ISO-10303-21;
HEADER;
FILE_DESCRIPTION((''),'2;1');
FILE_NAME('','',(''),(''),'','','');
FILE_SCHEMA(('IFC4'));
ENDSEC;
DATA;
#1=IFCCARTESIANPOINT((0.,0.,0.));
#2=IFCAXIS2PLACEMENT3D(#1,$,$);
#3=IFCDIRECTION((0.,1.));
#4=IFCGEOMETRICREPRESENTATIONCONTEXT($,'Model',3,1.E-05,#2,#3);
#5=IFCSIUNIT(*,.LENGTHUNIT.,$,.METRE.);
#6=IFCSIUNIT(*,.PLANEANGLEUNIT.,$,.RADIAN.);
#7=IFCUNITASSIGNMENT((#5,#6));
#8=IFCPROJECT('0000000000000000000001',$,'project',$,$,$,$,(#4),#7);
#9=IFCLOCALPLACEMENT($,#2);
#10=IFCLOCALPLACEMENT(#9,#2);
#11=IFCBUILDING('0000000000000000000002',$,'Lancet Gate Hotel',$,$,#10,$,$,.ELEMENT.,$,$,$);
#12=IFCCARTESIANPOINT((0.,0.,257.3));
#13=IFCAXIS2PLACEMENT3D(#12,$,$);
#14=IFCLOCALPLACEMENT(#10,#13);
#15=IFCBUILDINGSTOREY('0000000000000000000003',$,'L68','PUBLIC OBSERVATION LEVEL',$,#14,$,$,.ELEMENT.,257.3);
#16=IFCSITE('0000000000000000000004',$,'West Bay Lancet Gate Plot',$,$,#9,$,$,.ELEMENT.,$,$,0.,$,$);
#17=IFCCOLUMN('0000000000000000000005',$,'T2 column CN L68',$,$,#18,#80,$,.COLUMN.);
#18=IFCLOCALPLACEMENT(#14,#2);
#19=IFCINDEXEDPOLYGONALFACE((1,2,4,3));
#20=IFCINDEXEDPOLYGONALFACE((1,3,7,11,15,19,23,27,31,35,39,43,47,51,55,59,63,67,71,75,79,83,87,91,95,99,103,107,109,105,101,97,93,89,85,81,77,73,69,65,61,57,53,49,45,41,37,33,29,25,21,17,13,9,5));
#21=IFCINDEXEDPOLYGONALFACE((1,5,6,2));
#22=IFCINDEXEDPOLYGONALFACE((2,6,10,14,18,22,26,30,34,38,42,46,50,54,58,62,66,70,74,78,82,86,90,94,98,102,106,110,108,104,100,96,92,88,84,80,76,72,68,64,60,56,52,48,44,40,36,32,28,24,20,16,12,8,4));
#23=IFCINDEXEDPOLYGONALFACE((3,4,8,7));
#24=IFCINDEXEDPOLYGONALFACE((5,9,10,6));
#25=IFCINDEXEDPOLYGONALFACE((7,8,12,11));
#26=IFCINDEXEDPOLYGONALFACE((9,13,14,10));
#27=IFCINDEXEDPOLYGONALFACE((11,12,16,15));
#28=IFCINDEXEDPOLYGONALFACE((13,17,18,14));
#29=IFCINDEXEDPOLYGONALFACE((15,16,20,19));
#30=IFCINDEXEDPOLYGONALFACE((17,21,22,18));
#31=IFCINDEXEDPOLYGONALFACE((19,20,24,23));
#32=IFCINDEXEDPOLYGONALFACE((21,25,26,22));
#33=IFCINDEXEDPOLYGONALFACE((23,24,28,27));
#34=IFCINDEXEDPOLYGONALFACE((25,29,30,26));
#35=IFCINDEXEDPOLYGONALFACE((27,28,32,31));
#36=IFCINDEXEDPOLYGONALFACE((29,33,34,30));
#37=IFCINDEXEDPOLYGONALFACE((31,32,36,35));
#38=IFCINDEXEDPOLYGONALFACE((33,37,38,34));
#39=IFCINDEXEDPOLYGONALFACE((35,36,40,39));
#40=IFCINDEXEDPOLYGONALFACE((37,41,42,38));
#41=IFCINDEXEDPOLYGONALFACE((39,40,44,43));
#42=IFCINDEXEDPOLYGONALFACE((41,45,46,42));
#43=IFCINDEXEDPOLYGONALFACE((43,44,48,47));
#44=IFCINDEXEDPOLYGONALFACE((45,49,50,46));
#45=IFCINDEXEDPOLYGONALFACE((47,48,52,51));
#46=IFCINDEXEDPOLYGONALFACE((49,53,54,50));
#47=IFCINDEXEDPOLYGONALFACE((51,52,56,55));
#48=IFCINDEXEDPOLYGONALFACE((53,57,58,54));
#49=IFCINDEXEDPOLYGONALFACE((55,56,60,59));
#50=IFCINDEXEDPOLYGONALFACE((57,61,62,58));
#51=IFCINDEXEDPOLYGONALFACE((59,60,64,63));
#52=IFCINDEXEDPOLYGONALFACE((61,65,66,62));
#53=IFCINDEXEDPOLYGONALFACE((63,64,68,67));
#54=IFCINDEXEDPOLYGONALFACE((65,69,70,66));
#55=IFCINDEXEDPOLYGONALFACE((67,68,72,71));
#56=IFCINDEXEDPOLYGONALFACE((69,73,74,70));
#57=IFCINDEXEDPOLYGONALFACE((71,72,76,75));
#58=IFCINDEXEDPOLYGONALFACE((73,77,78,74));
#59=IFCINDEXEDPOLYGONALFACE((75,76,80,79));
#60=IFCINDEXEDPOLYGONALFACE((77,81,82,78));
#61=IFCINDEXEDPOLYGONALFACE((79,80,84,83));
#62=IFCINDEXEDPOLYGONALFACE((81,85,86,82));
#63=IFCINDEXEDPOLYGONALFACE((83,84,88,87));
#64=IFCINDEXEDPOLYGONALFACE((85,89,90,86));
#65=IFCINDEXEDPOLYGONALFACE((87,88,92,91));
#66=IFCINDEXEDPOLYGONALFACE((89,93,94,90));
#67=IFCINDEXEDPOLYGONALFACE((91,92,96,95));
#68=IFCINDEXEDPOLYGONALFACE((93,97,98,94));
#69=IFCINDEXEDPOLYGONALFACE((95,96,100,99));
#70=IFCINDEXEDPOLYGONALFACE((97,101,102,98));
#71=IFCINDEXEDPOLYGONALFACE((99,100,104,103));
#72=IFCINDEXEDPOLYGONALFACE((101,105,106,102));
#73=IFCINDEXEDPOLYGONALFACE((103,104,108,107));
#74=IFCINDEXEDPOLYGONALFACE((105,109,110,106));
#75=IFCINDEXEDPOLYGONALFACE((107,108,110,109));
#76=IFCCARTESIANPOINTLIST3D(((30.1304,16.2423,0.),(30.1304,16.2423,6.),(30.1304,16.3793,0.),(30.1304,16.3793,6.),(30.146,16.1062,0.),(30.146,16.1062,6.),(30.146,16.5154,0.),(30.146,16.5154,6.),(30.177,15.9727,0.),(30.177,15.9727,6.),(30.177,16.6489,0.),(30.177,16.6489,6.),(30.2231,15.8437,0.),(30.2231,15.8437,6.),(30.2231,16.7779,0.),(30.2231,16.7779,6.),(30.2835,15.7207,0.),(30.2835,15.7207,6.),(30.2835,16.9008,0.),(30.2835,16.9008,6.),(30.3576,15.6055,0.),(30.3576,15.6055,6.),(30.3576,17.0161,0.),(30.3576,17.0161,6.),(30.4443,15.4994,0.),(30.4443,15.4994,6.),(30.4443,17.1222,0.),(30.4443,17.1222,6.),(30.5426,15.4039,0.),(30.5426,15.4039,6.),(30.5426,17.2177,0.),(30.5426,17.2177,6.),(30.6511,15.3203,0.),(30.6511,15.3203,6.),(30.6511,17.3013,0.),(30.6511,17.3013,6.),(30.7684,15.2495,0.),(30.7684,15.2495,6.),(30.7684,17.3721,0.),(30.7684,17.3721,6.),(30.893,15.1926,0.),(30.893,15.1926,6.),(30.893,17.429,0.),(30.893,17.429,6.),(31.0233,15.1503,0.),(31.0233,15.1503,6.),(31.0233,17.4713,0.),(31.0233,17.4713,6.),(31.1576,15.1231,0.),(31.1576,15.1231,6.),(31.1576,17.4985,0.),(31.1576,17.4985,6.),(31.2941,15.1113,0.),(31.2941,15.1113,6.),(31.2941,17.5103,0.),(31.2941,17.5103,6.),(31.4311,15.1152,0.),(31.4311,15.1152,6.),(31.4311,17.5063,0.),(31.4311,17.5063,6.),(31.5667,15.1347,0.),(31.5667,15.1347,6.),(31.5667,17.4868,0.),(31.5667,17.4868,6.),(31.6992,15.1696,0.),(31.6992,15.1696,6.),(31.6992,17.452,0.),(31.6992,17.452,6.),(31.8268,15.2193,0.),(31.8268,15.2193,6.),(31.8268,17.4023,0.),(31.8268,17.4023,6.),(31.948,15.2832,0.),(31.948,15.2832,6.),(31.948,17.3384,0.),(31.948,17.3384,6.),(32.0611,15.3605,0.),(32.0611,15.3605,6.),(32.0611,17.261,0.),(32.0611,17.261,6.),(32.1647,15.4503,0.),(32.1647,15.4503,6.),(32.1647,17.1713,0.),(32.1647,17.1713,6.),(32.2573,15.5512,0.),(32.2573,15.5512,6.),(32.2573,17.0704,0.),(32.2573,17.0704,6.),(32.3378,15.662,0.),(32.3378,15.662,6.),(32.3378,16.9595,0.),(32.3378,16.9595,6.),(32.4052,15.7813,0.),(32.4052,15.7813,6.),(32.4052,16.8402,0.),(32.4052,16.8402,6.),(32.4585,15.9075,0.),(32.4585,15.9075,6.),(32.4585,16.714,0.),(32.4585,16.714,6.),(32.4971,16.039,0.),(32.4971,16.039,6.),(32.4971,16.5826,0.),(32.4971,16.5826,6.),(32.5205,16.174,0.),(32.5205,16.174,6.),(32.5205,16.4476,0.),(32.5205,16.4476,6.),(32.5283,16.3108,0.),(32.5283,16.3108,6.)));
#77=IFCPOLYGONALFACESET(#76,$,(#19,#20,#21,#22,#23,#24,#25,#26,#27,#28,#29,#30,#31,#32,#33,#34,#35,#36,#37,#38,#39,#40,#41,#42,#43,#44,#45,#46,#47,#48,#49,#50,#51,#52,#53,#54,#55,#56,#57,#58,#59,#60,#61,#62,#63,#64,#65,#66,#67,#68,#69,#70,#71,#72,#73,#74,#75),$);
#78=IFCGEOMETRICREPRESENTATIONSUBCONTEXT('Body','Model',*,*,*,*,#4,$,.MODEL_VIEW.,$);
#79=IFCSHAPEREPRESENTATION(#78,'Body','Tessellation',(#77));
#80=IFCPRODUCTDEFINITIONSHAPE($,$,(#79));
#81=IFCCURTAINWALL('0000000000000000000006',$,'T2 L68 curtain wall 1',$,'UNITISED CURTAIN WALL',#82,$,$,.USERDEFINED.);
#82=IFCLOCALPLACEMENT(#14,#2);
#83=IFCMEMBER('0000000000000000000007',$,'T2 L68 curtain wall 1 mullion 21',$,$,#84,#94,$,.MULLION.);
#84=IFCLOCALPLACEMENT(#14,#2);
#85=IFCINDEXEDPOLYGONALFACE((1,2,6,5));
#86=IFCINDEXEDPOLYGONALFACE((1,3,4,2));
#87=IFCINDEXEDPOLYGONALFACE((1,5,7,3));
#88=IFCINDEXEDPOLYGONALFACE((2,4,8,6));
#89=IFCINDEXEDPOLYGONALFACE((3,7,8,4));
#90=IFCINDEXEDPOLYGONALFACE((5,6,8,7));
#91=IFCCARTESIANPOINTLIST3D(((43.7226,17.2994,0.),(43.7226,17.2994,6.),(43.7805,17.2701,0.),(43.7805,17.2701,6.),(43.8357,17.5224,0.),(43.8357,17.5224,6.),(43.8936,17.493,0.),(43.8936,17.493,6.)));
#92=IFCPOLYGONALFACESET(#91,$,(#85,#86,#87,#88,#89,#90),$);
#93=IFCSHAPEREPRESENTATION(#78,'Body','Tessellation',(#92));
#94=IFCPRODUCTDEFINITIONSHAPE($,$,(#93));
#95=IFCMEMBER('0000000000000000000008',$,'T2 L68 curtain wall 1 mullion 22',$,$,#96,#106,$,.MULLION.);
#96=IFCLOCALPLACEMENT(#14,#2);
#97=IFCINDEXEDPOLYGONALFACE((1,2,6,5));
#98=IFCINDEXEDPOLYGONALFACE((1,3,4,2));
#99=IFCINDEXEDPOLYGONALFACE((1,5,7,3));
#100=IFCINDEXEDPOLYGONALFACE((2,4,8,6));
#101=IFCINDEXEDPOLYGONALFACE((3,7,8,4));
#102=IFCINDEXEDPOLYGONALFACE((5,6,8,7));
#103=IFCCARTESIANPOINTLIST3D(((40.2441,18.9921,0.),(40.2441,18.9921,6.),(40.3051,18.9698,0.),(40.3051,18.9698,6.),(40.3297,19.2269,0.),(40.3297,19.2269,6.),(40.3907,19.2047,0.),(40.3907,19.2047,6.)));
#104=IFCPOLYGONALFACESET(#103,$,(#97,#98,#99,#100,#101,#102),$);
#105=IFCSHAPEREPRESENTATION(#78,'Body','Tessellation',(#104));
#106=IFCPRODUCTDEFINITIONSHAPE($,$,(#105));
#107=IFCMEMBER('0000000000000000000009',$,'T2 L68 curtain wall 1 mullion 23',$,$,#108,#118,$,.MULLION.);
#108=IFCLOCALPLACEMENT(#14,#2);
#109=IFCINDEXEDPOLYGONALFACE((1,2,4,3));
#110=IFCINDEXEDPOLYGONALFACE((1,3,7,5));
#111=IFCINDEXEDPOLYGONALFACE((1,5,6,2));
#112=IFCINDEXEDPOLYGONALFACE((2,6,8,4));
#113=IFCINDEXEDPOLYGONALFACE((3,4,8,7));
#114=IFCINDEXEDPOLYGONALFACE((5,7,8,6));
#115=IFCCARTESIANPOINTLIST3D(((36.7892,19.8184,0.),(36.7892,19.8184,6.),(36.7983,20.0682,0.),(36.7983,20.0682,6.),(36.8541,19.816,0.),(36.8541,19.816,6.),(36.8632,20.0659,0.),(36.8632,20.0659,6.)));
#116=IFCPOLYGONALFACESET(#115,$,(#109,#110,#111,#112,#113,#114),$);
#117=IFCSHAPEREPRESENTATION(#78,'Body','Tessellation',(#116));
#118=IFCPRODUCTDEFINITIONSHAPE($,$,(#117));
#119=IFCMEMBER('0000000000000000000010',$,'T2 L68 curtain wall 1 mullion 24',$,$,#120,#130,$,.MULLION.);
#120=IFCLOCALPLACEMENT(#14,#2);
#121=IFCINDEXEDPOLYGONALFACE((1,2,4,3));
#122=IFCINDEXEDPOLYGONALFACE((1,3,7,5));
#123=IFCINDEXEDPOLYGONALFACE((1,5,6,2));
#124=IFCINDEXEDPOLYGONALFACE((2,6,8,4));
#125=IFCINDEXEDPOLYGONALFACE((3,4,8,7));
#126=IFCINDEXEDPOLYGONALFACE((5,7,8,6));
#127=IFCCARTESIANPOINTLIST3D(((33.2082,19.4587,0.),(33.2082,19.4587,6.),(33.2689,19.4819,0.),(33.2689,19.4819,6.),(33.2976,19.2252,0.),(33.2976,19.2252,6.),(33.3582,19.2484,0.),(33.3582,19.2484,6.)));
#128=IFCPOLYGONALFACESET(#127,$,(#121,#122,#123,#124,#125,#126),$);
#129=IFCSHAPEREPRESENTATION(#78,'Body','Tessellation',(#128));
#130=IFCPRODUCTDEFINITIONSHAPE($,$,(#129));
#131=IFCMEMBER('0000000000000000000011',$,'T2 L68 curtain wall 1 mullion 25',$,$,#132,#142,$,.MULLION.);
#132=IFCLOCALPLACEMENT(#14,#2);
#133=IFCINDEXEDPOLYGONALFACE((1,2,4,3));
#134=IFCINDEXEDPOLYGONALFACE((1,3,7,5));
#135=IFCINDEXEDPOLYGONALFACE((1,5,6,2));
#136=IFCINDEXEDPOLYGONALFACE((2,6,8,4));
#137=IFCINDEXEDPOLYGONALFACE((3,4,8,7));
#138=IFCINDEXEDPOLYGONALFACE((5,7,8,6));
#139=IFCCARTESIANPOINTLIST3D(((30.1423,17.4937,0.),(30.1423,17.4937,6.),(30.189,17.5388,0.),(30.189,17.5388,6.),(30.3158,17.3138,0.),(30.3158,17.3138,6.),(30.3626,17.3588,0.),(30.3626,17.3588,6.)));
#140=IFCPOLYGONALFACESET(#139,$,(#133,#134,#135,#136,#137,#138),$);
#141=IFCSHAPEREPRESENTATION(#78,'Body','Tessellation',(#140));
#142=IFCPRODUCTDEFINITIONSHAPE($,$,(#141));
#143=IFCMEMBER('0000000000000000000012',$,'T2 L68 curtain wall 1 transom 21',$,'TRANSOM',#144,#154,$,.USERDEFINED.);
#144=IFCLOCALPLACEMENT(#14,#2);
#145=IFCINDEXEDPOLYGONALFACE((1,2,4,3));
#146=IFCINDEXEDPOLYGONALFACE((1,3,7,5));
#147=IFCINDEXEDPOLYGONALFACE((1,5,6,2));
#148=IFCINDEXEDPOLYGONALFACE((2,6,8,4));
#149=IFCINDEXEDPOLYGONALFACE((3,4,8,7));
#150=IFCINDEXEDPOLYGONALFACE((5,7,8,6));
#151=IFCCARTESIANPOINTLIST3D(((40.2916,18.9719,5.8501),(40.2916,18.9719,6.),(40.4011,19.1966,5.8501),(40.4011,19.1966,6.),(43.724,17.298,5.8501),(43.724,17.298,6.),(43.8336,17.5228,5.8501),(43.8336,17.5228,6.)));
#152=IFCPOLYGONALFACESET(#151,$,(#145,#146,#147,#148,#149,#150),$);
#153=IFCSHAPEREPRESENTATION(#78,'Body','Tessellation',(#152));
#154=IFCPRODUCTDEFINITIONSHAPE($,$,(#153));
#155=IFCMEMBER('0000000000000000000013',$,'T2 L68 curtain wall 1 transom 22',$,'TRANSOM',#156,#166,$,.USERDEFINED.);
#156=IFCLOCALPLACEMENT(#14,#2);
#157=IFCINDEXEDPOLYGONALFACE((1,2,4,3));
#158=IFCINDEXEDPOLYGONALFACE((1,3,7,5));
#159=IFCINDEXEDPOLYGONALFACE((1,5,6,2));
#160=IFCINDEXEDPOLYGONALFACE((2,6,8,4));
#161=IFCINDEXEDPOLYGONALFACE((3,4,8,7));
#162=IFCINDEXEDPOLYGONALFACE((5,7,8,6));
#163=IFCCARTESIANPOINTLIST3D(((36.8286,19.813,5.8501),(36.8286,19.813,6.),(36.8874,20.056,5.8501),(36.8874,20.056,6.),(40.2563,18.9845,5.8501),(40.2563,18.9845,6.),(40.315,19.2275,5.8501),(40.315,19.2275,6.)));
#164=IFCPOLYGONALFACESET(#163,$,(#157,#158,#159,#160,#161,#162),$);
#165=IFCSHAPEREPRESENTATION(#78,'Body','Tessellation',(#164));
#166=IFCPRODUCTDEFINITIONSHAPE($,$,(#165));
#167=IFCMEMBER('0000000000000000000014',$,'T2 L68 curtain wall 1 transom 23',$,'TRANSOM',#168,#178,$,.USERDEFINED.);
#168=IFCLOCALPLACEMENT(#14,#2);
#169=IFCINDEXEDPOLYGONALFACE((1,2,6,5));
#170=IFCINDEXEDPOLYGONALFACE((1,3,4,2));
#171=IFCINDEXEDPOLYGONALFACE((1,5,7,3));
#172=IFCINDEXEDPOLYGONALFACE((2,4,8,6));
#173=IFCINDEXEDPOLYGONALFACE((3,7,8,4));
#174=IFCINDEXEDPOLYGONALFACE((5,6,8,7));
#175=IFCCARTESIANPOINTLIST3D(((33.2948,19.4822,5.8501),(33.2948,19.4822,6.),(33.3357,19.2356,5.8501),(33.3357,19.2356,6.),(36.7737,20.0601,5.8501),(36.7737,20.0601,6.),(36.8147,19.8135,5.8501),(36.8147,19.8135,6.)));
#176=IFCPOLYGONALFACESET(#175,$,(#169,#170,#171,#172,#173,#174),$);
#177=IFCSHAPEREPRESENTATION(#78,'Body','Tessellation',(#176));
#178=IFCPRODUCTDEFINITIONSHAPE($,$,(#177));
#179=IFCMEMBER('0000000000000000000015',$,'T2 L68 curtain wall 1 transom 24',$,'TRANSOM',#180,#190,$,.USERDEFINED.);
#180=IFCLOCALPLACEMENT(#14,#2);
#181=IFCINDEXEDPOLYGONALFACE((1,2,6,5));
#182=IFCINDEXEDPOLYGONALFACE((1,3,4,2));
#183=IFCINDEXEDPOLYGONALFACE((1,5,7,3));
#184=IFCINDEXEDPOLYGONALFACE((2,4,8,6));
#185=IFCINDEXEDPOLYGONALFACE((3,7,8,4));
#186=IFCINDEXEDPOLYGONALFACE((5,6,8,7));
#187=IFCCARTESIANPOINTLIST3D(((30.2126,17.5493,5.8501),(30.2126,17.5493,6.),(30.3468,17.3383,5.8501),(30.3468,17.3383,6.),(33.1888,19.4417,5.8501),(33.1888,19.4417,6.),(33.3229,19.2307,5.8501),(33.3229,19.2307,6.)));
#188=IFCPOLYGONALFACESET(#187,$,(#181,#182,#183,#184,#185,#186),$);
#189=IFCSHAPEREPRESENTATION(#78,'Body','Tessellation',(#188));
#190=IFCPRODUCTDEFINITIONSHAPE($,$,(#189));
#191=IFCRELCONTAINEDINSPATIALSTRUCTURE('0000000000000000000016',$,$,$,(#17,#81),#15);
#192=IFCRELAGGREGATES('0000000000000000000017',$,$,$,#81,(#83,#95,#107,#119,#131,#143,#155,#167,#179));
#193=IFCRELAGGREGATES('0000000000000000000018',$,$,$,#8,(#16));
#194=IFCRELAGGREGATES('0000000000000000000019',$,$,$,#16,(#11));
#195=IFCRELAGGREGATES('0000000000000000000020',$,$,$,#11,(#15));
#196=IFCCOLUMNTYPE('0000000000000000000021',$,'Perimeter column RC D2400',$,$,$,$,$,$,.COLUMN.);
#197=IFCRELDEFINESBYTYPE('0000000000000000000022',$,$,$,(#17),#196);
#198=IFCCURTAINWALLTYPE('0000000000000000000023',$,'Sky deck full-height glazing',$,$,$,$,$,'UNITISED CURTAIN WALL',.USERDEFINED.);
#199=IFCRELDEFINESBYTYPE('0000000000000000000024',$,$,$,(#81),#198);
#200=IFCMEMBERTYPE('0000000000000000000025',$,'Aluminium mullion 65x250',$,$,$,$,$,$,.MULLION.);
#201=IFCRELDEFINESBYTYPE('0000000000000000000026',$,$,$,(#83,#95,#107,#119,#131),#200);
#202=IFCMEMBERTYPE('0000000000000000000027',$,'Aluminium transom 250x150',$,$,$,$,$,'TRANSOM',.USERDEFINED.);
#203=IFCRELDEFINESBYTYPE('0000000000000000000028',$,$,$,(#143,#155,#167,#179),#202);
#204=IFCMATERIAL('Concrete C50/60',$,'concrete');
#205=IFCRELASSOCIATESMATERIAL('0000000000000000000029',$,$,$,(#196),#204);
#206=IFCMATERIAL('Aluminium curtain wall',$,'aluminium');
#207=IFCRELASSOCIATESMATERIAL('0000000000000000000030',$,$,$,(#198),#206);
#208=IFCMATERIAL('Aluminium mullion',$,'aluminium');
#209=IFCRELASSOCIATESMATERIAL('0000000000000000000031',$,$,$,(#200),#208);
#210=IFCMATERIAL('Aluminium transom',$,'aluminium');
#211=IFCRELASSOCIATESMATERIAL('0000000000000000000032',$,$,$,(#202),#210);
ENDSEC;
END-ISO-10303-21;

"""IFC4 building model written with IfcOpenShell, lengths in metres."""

from ifc_helpers import new_model, si_unit, direction, frame, origin, origin_2d, place, context, subcontext, project, spatial, rectangle, circle, extrude, material, material_profile, profile_set, type_object, element, aggregate, save


model = new_model("IFC4")

# Units and contexts
model_context = context("Model", 3, precision=1e-05, world=origin(), true_north=direction((0.0, 1.0)))
body_context = subcontext(model_context, "Body", "Model", "MODEL_VIEW")
ifc_project = project(units=[si_unit("LENGTHUNIT", "METRE"), si_unit("PLANEANGLEUNIT", "RADIAN")], contexts=[model_context])

# Site, building, storey
site_placement = place(None, origin())
site = spatial("IfcSite", under=ifc_project, at=site_placement, Name="West Bay Lancet Gate Plot", CompositionType="ELEMENT", RefElevation=0.0)
building_placement = place(site_placement, origin())
building = spatial("IfcBuilding", under=site, at=building_placement, Name="Lancet Gate Hotel", CompositionType="ELEMENT")
storey_placement = place(building_placement, frame((0.0, 0.0, 257.3)))
storey = spatial("IfcBuildingStorey", under=building, at=storey_placement, Name="L68", Description="PUBLIC OBSERVATION LEVEL", CompositionType="ELEMENT", Elevation=257.3)

# Column
ifc_material_1 = material(Name="Concrete C50/60", Category="concrete")
ifc_material_profile_1 = material_profile(ifc_material_1, circle(Radius=1.2, at=origin_2d()), Name="RC D2400")
ifc_profile_set_1 = profile_set([ifc_material_profile_1], Name="Concrete C50/60")
column_type = type_object("IfcColumnType", Name="Perimeter column RC D2400", PredefinedType="COLUMN", material=ifc_profile_set_1)
column_placement = place(storey_placement, frame((31.3284, 16.3108, 0.0), z_axis=(0.0, 0.0, 1.0), x_axis=(1.0, 0.0, 0.0)))
element("IfcColumn", 1, at=column_placement, inside=storey, type_object=column_type, Name="T2 column CN L68", PredefinedType="COLUMN", context=body_context, shape_type="SweptSolid", body=[
    extrude(circle(Radius=1.2, at=origin_2d()), origin(), (0.0, 0.0, 1.0), 6.0),
])

# Curtain wall, members
ifc_material_2 = material(Name="Aluminium curtain wall", Category="aluminium")
curtain_wall_type = type_object("IfcCurtainWallType", Name="Sky deck full-height glazing", ElementType="UNITISED CURTAIN WALL", PredefinedType="USERDEFINED", material=ifc_material_2)
curtain_wall_placement = place(storey_placement, origin())
curtain_wall = element("IfcCurtainWall", 2, at=curtain_wall_placement, inside=storey, type_object=curtain_wall_type, Name="T2 L68 curtain wall 1", ObjectType="UNITISED CURTAIN WALL", PredefinedType="USERDEFINED")
ifc_material_3 = material(Name="Aluminium mullion", Category="aluminium")
ifc_material_profile_2 = material_profile(ifc_material_3, rectangle(XDim=0.0649, YDim=0.25, at=origin_2d()), Name="MULLION 65x250")
ifc_profile_set_2 = profile_set([ifc_material_profile_2], Name="Aluminium mullion")
member_type_1 = type_object("IfcMemberType", Name="Aluminium mullion 65x250", PredefinedType="MULLION", material=ifc_profile_set_2)
member_1_placement = place(storey_placement, frame((43.8081, 17.3962, 0.0), z_axis=(0.0, 0.0, 1.0), x_axis=(-0.891833, 0.452365, 0.0)))
member_1 = element("IfcMember", 3, at=member_1_placement, type_object=member_type_1, Name="T2 L68 curtain wall 1 mullion 21", PredefinedType="MULLION", context=body_context, shape_type="SweptSolid", body=[
    extrude(rectangle(XDim=0.0649, YDim=0.25, at=origin_2d()), origin(), (0.0, 0.0, 1.0), 6.0),
])
member_2_placement = place(storey_placement, frame((40.3174, 19.0984, 0.0), z_axis=(0.0, 0.0, 1.0), x_axis=(-0.939484, 0.342593, 0.0)))
member_2 = element("IfcMember", 4, at=member_2_placement, type_object=member_type_1, Name="T2 L68 curtain wall 1 mullion 22", PredefinedType="MULLION", context=body_context, shape_type="SweptSolid", body=[
    extrude(rectangle(XDim=0.0649, YDim=0.25, at=origin_2d()), origin(), (0.0, 0.0, 1.0), 6.0),
])
member_3_placement = place(storey_placement, frame((36.8262, 19.9421, 0.0), z_axis=(0.0, 0.0, 1.0), x_axis=(-0.999343, 0.03625, 0.0)))
member_3 = element("IfcMember", 5, at=member_3_placement, type_object=member_type_1, Name="T2 L68 curtain wall 1 mullion 23", PredefinedType="MULLION", context=body_context, shape_type="SweptSolid", body=[
    extrude(rectangle(XDim=0.0649, YDim=0.25, at=origin_2d()), origin(), (0.0, 0.0, 1.0), 6.0),
])
member_4_placement = place(storey_placement, frame((33.2832, 19.3535, 0.0), z_axis=(0.0, 0.0, 1.0), x_axis=(-0.933943, -0.357421, 0.0)))
member_4 = element("IfcMember", 6, at=member_4_placement, type_object=member_type_1, Name="T2 L68 curtain wall 1 mullion 24", PredefinedType="MULLION", context=body_context, shape_type="SweptSolid", body=[
    extrude(rectangle(XDim=0.0649, YDim=0.25, at=origin_2d()), origin(), (0.0, 0.0, 1.0), 6.0),
])
member_5_placement = place(storey_placement, frame((30.2524, 17.4263, 0.0), z_axis=(0.0, 0.0, 1.0), x_axis=(-0.719809, -0.694172, 0.0)))
member_5 = element("IfcMember", 7, at=member_5_placement, type_object=member_type_1, Name="T2 L68 curtain wall 1 mullion 25", PredefinedType="MULLION", context=body_context, shape_type="SweptSolid", body=[
    extrude(rectangle(XDim=0.0649, YDim=0.25, at=origin_2d()), origin(), (0.0, 0.0, 1.0), 6.0),
])
ifc_material_4 = material(Name="Aluminium transom", Category="aluminium")
ifc_material_profile_3 = material_profile(ifc_material_4, rectangle(XDim=0.25, YDim=0.1499, at=origin_2d()), Name="TRANSOM 250x150")
ifc_profile_set_3 = profile_set([ifc_material_profile_3], Name="Aluminium transom")
member_type_2 = type_object("IfcMemberType", Name="Aluminium transom 250x150", ElementType="TRANSOM", PredefinedType="USERDEFINED", material=ifc_profile_set_3)
member_6_placement = place(storey_placement, frame((43.7788, 17.4104, 5.925), z_axis=(-0.89882, 0.438318, 0.0), x_axis=(-0.438318, -0.89882, 0.0)))
member_6 = element("IfcMember", 8, at=member_6_placement, type_object=member_type_2, Name="T2 L68 curtain wall 1 transom 21", ObjectType="TRANSOM", PredefinedType="USERDEFINED", context=body_context, shape_type="SweptSolid", body=[
    extrude(rectangle(XDim=0.25, YDim=0.1499, at=origin_2d()), origin(), (0.0, 0.0, 1.0), 3.8188),
])
member_7_placement = place(storey_placement, frame((40.2856, 19.106, 5.925), z_axis=(-0.972003, 0.23497, 0.0), x_axis=(-0.23497, -0.972003, 0.0)))
member_7 = element("IfcMember", 9, at=member_7_placement, type_object=member_type_2, Name="T2 L68 curtain wall 1 transom 22", ObjectType="TRANSOM", PredefinedType="USERDEFINED", context=body_context, shape_type="SweptSolid", body=[
    extrude(rectangle(XDim=0.25, YDim=0.1499, at=origin_2d()), origin(), (0.0, 0.0, 1.0), 3.5264),
])
member_8_placement = place(storey_placement, frame((36.7942, 19.9368, 5.925), z_axis=(-0.986484, -0.16386, 0.0), x_axis=(0.16386, -0.986484, 0.0)))
member_8 = element("IfcMember", 10, at=member_8_placement, type_object=member_type_2, Name="T2 L68 curtain wall 1 transom 23", ObjectType="TRANSOM", PredefinedType="USERDEFINED", context=body_context, shape_type="SweptSolid", body=[
    extrude(rectangle(XDim=0.25, YDim=0.1499, at=origin_2d()), origin(), (0.0, 0.0, 1.0), 3.5266),
])
member_9_placement = place(storey_placement, frame((33.2559, 19.3362, 5.925), z_axis=(-0.843858, -0.536566, 0.0), x_axis=(0.536566, -0.843858, 0.0)))
member_9 = element("IfcMember", 11, at=member_9_placement, type_object=member_type_2, Name="T2 L68 curtain wall 1 transom 24", ObjectType="TRANSOM", PredefinedType="USERDEFINED", context=body_context, shape_type="SweptSolid", body=[
    extrude(rectangle(XDim=0.25, YDim=0.1499, at=origin_2d()), origin(), (0.0, 0.0, 1.0), 3.5269),
])
aggregate(curtain_wall, [member_1, member_2, member_3, member_4, member_5, member_6, member_7, member_8, member_9])

save(model, "model.ifc")
